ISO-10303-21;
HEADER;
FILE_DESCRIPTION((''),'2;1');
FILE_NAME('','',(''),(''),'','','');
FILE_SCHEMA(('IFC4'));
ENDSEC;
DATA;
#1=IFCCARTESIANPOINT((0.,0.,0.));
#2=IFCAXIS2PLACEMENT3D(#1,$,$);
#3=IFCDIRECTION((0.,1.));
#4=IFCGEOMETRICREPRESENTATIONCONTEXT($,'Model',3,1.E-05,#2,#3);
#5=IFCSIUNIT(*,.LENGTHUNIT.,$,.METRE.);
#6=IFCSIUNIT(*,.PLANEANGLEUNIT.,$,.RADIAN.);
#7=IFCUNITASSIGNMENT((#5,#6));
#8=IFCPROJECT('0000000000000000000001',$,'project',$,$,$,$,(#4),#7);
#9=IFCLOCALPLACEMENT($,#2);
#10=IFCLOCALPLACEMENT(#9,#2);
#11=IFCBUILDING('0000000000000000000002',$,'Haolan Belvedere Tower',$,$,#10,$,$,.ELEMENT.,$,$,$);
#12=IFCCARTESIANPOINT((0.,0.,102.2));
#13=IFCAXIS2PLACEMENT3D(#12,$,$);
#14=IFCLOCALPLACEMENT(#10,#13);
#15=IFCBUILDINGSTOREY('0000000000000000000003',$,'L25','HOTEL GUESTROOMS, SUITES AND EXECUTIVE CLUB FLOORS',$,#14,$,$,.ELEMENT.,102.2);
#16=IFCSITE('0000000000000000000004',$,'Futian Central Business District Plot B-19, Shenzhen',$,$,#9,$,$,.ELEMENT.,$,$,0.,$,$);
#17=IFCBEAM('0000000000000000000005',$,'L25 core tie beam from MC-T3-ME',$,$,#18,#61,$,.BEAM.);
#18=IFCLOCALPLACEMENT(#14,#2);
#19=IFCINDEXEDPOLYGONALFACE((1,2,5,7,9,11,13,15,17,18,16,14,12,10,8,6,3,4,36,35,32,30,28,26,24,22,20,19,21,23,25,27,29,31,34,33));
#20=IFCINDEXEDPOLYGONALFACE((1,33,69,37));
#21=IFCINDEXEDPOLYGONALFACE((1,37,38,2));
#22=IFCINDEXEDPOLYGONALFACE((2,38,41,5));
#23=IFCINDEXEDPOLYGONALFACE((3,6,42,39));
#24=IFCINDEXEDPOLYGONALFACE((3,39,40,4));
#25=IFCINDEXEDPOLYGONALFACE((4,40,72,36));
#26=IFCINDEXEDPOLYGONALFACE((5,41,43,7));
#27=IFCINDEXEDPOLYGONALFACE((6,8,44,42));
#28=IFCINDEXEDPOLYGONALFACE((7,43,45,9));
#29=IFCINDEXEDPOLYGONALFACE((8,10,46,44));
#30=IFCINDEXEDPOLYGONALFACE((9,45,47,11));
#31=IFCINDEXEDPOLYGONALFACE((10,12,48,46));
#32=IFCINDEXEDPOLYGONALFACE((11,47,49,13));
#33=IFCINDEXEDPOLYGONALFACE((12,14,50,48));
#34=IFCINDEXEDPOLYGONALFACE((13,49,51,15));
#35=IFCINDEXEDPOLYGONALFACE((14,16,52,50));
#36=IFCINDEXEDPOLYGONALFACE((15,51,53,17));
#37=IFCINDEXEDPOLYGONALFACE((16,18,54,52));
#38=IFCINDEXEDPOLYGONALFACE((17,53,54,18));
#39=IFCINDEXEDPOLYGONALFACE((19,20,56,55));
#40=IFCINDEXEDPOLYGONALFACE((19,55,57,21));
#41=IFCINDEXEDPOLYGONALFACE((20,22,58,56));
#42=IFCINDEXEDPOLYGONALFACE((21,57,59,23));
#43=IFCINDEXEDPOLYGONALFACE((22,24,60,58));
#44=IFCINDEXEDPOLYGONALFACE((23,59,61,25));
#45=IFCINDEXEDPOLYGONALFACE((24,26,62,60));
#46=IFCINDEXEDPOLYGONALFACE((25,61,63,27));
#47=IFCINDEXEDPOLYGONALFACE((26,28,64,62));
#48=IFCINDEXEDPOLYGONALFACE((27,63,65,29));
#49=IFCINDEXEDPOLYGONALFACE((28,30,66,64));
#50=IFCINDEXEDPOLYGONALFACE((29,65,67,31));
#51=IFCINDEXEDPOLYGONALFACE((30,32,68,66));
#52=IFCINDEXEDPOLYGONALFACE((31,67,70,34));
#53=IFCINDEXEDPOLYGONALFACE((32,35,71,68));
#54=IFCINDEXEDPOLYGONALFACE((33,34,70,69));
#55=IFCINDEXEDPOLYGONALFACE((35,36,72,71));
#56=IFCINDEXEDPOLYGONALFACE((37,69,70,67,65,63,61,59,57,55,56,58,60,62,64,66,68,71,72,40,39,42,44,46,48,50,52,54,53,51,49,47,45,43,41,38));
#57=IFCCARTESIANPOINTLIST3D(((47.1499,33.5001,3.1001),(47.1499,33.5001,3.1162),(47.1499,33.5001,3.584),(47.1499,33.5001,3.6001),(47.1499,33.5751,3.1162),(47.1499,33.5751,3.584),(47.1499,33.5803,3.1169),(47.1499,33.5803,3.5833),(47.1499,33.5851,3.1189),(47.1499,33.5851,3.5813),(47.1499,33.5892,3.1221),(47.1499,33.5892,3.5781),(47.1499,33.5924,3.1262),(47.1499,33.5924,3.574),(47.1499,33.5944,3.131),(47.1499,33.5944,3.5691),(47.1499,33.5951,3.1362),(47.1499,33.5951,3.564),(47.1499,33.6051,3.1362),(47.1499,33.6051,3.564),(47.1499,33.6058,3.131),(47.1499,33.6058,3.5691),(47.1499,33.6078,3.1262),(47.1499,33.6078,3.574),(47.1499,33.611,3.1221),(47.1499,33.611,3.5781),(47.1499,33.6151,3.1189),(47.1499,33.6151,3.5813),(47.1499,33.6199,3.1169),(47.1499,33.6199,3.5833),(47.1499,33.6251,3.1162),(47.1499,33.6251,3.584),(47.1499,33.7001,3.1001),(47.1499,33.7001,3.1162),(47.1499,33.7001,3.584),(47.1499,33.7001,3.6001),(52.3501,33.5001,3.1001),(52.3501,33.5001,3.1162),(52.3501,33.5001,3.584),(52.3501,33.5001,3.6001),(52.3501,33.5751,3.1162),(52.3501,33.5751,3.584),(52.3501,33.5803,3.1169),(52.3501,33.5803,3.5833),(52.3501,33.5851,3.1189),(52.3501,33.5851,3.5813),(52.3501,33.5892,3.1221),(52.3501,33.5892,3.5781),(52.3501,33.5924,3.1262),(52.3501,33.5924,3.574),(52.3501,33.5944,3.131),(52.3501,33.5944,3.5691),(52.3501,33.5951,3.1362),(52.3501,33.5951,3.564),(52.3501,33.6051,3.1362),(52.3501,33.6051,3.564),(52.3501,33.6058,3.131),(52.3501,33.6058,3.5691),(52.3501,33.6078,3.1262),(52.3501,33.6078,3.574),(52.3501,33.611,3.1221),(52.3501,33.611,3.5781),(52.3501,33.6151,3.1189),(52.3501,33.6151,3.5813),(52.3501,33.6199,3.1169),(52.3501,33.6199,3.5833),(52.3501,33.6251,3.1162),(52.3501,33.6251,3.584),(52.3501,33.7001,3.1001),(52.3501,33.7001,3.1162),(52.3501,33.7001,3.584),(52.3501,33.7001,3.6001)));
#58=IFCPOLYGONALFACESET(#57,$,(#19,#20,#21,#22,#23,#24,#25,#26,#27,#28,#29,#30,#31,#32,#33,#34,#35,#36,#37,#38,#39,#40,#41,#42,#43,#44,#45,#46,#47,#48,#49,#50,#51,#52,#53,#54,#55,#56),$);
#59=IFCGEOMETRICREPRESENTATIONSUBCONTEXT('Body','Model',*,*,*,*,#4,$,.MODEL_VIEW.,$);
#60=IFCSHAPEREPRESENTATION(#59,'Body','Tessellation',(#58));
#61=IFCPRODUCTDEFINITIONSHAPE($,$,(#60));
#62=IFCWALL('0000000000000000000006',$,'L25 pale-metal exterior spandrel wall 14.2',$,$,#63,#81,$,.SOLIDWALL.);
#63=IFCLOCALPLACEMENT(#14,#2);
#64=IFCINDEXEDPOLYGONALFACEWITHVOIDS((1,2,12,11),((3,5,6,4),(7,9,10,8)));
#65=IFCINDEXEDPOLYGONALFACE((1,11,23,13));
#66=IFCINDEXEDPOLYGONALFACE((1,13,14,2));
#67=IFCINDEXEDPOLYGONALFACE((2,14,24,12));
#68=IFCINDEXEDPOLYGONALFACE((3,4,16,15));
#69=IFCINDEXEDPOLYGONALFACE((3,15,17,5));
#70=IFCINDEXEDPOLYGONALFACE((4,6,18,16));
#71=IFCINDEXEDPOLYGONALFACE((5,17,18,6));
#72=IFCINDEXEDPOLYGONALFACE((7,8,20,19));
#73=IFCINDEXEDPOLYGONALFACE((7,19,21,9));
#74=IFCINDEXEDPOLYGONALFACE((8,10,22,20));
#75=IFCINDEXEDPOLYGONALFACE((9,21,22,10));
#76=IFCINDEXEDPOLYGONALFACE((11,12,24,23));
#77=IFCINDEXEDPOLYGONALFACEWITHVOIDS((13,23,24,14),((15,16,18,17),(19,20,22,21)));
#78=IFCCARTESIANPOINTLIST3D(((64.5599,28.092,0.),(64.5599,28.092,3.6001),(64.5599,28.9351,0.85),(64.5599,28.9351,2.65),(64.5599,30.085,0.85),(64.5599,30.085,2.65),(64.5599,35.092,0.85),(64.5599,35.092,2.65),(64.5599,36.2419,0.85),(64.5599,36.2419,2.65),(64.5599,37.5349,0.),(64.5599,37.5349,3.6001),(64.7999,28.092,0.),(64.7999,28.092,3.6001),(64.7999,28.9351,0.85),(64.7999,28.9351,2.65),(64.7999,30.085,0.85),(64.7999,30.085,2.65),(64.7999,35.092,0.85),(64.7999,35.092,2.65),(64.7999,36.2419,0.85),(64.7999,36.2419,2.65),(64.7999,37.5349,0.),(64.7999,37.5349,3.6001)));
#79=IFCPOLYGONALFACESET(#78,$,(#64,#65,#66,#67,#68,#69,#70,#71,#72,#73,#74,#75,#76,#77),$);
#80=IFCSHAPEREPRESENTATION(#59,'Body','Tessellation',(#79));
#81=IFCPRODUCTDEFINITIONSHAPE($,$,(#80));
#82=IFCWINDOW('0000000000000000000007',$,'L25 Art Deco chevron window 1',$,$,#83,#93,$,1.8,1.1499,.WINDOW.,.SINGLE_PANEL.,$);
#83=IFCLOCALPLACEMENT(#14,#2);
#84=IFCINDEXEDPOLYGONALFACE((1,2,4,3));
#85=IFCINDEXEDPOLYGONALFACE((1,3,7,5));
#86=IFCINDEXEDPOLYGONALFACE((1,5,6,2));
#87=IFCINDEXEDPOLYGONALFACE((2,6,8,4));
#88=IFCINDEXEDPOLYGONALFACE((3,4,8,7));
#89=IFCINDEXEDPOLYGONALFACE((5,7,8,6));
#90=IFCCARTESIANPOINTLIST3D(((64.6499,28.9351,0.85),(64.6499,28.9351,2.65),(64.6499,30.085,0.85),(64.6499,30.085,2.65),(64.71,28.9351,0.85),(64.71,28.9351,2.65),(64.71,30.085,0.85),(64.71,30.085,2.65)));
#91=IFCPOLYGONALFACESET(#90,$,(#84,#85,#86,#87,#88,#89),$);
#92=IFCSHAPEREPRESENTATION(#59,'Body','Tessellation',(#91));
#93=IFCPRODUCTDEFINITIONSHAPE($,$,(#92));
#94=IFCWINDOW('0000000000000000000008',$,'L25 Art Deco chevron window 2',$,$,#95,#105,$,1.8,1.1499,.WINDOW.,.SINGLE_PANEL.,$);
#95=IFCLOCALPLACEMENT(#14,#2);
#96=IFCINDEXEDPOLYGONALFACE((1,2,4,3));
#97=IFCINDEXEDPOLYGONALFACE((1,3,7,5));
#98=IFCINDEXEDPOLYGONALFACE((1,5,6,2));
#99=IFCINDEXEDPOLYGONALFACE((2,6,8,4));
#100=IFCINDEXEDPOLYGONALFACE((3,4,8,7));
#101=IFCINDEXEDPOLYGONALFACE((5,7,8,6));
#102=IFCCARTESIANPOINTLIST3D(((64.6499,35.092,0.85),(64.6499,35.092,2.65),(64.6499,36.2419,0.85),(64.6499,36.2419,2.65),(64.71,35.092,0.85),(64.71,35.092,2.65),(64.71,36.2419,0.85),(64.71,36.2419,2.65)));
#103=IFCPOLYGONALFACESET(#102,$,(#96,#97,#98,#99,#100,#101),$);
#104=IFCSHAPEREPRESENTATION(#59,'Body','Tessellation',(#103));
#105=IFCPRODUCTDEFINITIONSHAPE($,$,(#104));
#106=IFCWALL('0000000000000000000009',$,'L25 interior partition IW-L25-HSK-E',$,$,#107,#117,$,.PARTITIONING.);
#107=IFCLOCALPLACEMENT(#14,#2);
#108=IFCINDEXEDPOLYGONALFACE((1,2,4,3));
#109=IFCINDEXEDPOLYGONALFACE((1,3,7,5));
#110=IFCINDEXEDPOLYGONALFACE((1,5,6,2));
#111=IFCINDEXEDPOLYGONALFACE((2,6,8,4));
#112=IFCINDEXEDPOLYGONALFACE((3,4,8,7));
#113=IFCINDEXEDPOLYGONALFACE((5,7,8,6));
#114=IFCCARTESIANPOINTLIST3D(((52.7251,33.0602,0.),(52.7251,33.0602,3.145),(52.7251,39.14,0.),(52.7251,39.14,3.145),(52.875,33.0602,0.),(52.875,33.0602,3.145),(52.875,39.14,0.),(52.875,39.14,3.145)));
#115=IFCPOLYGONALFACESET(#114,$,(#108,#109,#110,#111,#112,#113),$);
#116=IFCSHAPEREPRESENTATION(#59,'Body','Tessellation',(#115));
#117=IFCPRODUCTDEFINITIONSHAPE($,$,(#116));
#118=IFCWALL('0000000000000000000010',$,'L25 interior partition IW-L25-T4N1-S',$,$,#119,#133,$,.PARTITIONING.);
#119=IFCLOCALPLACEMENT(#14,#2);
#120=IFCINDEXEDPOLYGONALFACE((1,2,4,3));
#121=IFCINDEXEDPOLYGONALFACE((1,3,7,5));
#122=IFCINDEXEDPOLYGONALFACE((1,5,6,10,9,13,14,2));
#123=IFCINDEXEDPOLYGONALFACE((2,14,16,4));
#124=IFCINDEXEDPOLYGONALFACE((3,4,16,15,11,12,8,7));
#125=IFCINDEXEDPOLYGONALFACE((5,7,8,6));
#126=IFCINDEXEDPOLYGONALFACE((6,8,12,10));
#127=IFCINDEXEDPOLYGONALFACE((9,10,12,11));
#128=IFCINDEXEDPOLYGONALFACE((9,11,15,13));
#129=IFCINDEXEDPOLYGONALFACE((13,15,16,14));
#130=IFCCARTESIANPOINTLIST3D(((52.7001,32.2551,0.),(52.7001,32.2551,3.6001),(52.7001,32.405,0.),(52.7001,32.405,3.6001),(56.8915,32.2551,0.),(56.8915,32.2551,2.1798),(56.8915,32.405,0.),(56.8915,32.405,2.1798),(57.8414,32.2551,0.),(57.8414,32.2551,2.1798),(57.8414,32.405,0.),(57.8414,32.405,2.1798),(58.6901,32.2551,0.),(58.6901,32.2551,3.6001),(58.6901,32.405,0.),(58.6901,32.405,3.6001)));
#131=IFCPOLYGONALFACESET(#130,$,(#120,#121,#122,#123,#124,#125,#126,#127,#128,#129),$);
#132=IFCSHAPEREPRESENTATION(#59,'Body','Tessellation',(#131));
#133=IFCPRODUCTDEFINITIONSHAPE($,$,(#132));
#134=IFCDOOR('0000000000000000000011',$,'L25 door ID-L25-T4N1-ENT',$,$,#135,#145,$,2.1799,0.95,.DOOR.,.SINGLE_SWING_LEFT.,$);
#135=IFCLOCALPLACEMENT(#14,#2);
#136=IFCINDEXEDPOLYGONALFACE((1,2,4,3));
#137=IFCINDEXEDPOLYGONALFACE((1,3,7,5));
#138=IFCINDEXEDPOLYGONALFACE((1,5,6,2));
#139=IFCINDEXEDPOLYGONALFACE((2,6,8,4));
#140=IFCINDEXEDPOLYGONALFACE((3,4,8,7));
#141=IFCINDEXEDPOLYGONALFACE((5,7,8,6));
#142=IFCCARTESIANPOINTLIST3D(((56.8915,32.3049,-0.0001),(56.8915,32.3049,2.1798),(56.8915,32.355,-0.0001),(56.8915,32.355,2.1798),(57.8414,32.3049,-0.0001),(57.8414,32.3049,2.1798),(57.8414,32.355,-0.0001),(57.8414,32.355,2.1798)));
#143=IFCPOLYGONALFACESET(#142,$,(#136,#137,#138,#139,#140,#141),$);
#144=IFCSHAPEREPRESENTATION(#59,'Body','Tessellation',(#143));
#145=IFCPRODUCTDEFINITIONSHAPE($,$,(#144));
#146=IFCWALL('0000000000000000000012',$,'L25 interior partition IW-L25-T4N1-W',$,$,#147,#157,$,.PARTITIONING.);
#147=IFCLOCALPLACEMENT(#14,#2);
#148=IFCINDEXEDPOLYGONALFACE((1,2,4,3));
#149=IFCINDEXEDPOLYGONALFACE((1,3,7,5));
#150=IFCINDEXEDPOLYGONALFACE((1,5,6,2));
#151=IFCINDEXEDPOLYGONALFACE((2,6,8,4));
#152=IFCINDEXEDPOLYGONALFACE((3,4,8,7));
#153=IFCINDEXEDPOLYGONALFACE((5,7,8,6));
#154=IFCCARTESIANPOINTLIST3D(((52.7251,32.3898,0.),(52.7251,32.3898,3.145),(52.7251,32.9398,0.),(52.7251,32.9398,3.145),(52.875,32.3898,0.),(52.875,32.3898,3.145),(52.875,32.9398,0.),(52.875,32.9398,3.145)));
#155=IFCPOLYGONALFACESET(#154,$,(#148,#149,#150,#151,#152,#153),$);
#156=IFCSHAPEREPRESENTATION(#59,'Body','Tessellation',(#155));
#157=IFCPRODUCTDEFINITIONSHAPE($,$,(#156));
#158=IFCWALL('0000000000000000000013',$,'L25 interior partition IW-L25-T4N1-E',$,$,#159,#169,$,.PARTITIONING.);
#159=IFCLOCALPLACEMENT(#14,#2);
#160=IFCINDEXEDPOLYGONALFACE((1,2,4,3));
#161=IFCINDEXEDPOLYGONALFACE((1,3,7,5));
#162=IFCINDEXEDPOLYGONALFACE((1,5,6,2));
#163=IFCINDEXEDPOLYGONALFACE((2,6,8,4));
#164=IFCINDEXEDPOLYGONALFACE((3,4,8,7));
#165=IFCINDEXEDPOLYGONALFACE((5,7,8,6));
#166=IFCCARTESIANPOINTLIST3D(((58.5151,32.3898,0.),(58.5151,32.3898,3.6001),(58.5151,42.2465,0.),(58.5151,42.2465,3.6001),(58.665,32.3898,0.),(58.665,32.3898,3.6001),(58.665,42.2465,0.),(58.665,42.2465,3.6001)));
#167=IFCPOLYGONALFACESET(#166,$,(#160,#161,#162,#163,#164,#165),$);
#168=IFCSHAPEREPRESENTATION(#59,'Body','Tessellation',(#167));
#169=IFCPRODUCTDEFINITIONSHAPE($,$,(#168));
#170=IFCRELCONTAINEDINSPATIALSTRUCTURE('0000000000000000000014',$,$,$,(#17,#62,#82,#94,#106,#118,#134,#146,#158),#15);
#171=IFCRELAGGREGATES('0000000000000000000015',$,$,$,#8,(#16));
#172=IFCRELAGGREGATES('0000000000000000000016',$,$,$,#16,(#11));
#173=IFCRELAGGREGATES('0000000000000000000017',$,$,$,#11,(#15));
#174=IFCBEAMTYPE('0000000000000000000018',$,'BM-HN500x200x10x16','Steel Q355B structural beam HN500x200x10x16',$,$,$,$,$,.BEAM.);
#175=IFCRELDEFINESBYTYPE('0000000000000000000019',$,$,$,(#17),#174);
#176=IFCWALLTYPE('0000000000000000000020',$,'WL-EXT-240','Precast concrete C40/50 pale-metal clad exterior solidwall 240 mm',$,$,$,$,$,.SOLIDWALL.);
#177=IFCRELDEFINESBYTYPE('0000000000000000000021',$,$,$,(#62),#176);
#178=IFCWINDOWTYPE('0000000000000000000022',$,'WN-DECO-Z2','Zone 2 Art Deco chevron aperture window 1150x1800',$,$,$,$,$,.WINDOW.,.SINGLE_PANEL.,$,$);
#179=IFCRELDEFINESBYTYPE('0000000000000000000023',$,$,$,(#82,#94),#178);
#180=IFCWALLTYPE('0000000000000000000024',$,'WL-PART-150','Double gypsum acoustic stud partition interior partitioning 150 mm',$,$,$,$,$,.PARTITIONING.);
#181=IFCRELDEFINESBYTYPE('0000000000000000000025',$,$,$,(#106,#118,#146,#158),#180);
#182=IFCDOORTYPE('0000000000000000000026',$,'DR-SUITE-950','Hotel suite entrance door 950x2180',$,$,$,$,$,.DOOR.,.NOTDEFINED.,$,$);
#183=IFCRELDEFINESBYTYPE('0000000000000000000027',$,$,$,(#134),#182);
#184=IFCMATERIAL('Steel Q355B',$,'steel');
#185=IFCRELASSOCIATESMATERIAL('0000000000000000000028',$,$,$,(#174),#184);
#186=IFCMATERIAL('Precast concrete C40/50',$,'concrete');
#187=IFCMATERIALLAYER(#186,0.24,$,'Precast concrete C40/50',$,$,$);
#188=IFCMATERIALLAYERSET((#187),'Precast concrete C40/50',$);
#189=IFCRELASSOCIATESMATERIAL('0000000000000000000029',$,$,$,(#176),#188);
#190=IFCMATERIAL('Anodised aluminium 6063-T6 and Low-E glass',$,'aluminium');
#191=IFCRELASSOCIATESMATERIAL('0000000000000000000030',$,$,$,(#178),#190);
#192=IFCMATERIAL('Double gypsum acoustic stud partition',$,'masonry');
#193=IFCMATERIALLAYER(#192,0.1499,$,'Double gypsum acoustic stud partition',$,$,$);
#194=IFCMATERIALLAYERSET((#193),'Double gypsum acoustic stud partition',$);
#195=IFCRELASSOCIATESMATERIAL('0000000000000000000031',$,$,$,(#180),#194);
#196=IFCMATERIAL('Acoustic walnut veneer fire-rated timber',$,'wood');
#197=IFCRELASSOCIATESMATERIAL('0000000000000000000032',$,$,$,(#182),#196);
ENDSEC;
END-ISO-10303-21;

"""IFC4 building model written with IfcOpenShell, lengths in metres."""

from ifc_helpers import new_model, si_unit, direction, frame, frame_2d, origin, origin_2d, place, context, subcontext, project, spatial, rectangle, i_section, extrude, material, layer, layer_set, material_profile, profile_set, type_object, element, fill, save


model = new_model("IFC4")

# Units and contexts
model_context = context("Model", 3, precision=1e-05, world=origin(), true_north=direction((0.0, 1.0)))
body_context = subcontext(model_context, "Body", "Model", "MODEL_VIEW")
ifc_project = project(units=[si_unit("LENGTHUNIT", "METRE"), si_unit("PLANEANGLEUNIT", "RADIAN")], contexts=[model_context])

# Site, building, storey
site_placement = place(None, origin())
site = spatial("IfcSite", under=ifc_project, at=site_placement, Name="Futian Central Business District Plot B-19, Shenzhen", CompositionType="ELEMENT", RefElevation=0.0)
building_placement = place(site_placement, origin())
building = spatial("IfcBuilding", under=site, at=building_placement, Name="Haolan Belvedere Tower", CompositionType="ELEMENT")
storey_placement = place(building_placement, frame((0.0, 0.0, 102.2)))
storey = spatial("IfcBuildingStorey", under=building, at=storey_placement, Name="L25", Description="HOTEL GUESTROOMS, SUITES AND EXECUTIVE CLUB FLOORS", CompositionType="ELEMENT", Elevation=102.2)

# Beam
ifc_material_1 = material(Name="Steel Q355B", Category="steel")
ifc_material_profile_1 = material_profile(ifc_material_1, i_section(OverallWidth=0.2, OverallDepth=0.5, WebThickness=0.01, FlangeThickness=0.0161, FilletRadius=0.02, at=origin_2d()), Name="Steel Q355B")
ifc_profile_set_1 = profile_set([ifc_material_profile_1], Name="Steel Q355B")
beam_type_1 = type_object("IfcBeamType", Name="BM-HN500x200x10x16", Description="Steel Q355B structural beam HN500x200x10x16", PredefinedType="BEAM", material=ifc_profile_set_1)
beam_1_placement = place(storey_placement, frame((52.3501, 33.6001, 3.3501), z_axis=(-1.0, 0.0, 0.0), x_axis=(0.0, -1.0, 0.0)))
element("IfcBeam", 1, at=beam_1_placement, inside=storey, type_object=beam_type_1, Name="L25 core tie beam from MC-T3-ME", PredefinedType="BEAM", context=body_context, shape_type="SweptSolid", body=[
    extrude(i_section(OverallWidth=0.2, OverallDepth=0.5, WebThickness=0.01, FlangeThickness=0.0161, FilletRadius=0.02, at=origin_2d()), origin(), (0.0, 0.0, 1.0), 5.2002),
])

# Wall, openings, windows
ifc_material_2 = material(Name="Precast concrete C40/50", Category="concrete")
ifc_layer_1 = layer(ifc_material_2, 0.24, Name="Precast concrete C40/50")
ifc_layer_set_1 = layer_set([ifc_layer_1], Name="Precast concrete C40/50")
wall_type_1 = type_object("IfcWallType", Name="WL-EXT-240", Description="Precast concrete C40/50 pale-metal clad exterior solidwall 240 mm", PredefinedType="SOLIDWALL", material=ifc_layer_set_1)
wall_1_placement = place(storey_placement, frame((64.6799, 28.092, 0.0), z_axis=(0.0, 0.0, 1.0), x_axis=(0.0, 1.0, 0.0)))
wall_1 = element("IfcWall", 2, at=wall_1_placement, inside=storey, type_object=wall_type_1, Name="L25 pale-metal exterior spandrel wall 14.2", PredefinedType="SOLIDWALL", context=body_context, shape_type="SweptSolid", body=[
    extrude(rectangle(XDim=9.4429, YDim=0.24, at=frame_2d((4.7214, 0.0))), origin(), (0.0, 0.0, 1.0), 3.6001),
])
opening_1_placement = place(wall_1_placement, frame((0.843, 0.0, 0.8501)))
opening_1 = element("IfcOpeningElement", 3, at=opening_1_placement, cuts=wall_1, PredefinedType="OPENING", context=body_context, shape_type="SweptSolid", body=[
    extrude(rectangle(XDim=1.1499, YDim=1.8, at=frame_2d((0.575, 0.8999))), frame((0.0, 0.1299, 0.0), z_axis=(0.0, -1.0, 0.0), x_axis=(1.0, 0.0, 0.0)), (0.0, 0.0, 1.0), 0.26),
])
opening_2_placement = place(wall_1_placement, frame((7.0, 0.0, 0.8501)))
opening_2 = element("IfcOpeningElement", 4, at=opening_2_placement, cuts=wall_1, PredefinedType="OPENING", context=body_context, shape_type="SweptSolid", body=[
    extrude(rectangle(XDim=1.1499, YDim=1.8, at=frame_2d((0.575, 0.8999))), frame((0.0, 0.1299, 0.0), z_axis=(0.0, -1.0, 0.0), x_axis=(1.0, 0.0, 0.0)), (0.0, 0.0, 1.0), 0.26),
])
ifc_material_3 = material(Name="Anodised aluminium 6063-T6 and Low-E glass", Category="aluminium")
window_type = type_object("IfcWindowType", Name="WN-DECO-Z2", Description="Zone 2 Art Deco chevron aperture window 1150x1800", PartitioningType="SINGLE_PANEL", PredefinedType="WINDOW", material=ifc_material_3)
window_1_placement = place(opening_1_placement, origin())
window_1 = element("IfcWindow", 5, at=window_1_placement, inside=storey, type_object=window_type, Name="L25 Art Deco chevron window 1", OverallHeight=1.8, OverallWidth=1.1499, PartitioningType="SINGLE_PANEL", PredefinedType="WINDOW", context=body_context, shape_type="SweptSolid", body=[
    extrude(rectangle(XDim=1.1499, YDim=1.8, at=frame_2d((0.575, 0.8999))), frame((0.0, 0.03, 0.0), z_axis=(0.0, -1.0, 0.0), x_axis=(1.0, 0.0, 0.0)), (0.0, 0.0, 1.0), 0.0601),
])
fill(opening_1, window_1)
window_2_placement = place(opening_2_placement, origin())
window_2 = element("IfcWindow", 6, at=window_2_placement, inside=storey, type_object=window_type, Name="L25 Art Deco chevron window 2", OverallHeight=1.8, OverallWidth=1.1499, PartitioningType="SINGLE_PANEL", PredefinedType="WINDOW", context=body_context, shape_type="SweptSolid", body=[
    extrude(rectangle(XDim=1.1499, YDim=1.8, at=frame_2d((0.575, 0.8999))), frame((0.0, 0.03, 0.0), z_axis=(0.0, -1.0, 0.0), x_axis=(1.0, 0.0, 0.0)), (0.0, 0.0, 1.0), 0.0601),
])
fill(opening_2, window_2)

# Wall
ifc_material_4 = material(Name="Double gypsum acoustic stud partition", Category="masonry")
ifc_layer_2 = layer(ifc_material_4, 0.1499, Name="Double gypsum acoustic stud partition")
ifc_layer_set_2 = layer_set([ifc_layer_2], Name="Double gypsum acoustic stud partition")
wall_type_2 = type_object("IfcWallType", Name="WL-PART-150", Description="Double gypsum acoustic stud partition interior partitioning 150 mm", PredefinedType="PARTITIONING", material=ifc_layer_set_2)
wall_2_placement = place(storey_placement, frame((52.8, 33.0601, 0.0), z_axis=(0.0, 0.0, 1.0), x_axis=(0.0, 1.0, 0.0)))
element("IfcWall", 7, at=wall_2_placement, inside=storey, type_object=wall_type_2, Name="L25 interior partition IW-L25-HSK-E", PredefinedType="PARTITIONING", context=body_context, shape_type="SweptSolid", body=[
    extrude(rectangle(XDim=6.0798, YDim=0.1499, at=frame_2d((3.04, 0.0))), origin(), (0.0, 0.0, 1.0), 3.145),
])

# Wall, opening, door
wall_3_placement = place(storey_placement, frame((52.7, 32.3301, 0.0), z_axis=(0.0, 0.0, 1.0), x_axis=(1.0, 0.0, 0.0)))
wall_3 = element("IfcWall", 8, at=wall_3_placement, inside=storey, type_object=wall_type_2, Name="L25 interior partition IW-L25-T4N1-S", PredefinedType="PARTITIONING", context=body_context, shape_type="SweptSolid", body=[
    extrude(rectangle(XDim=5.99, YDim=0.1499, at=frame_2d((2.9951, 0.0))), origin(), (0.0, 0.0, 1.0), 3.6001),
])
opening_3_placement = place(wall_3_placement, frame((4.1914, 0.0, 0.0)))
opening_3 = element("IfcOpeningElement", 9, at=opening_3_placement, cuts=wall_3, PredefinedType="OPENING", context=body_context, shape_type="SweptSolid", body=[
    extrude(rectangle(XDim=0.95, YDim=2.1799, at=frame_2d((0.4751, 1.0898))), frame((0.0, 0.085, 0.0), z_axis=(0.0, -1.0, 0.0), x_axis=(1.0, 0.0, 0.0)), (0.0, 0.0, 1.0), 0.1699),
])
ifc_material_5 = material(Name="Acoustic walnut veneer fire-rated timber", Category="wood")
door_type_1 = type_object("IfcDoorType", Name="DR-SUITE-950", Description="Hotel suite entrance door 950x2180", OperationType="NOTDEFINED", PredefinedType="DOOR", material=ifc_material_5)
door_1_placement = place(opening_3_placement, origin())
door_1 = element("IfcDoor", 10, at=door_1_placement, inside=storey, type_object=door_type_1, Name="L25 door ID-L25-T4N1-ENT", OperationType="SINGLE_SWING_LEFT", OverallHeight=2.1799, OverallWidth=0.95, PredefinedType="DOOR", context=body_context, shape_type="SweptSolid", body=[
    extrude(rectangle(XDim=0.95, YDim=2.1799, at=frame_2d((0.4751, 1.0898))), frame((0.0, 0.0249, 0.0), z_axis=(0.0, -1.0, 0.0), x_axis=(1.0, 0.0, 0.0)), (0.0, 0.0, 1.0), 0.05),
])
fill(opening_3, door_1)

# Walls
wall_4_placement = place(storey_placement, frame((52.8, 32.3899, 0.0), z_axis=(0.0, 0.0, 1.0), x_axis=(0.0, 1.0, 0.0)))
element("IfcWall", 11, at=wall_4_placement, inside=storey, type_object=wall_type_2, Name="L25 interior partition IW-L25-T4N1-W", PredefinedType="PARTITIONING", context=body_context, shape_type="SweptSolid", body=[
    extrude(rectangle(XDim=0.55, YDim=0.1499, at=frame_2d((0.2749, 0.0))), origin(), (0.0, 0.0, 1.0), 3.145),
])
wall_5_placement = place(storey_placement, frame((58.5901, 32.3899, 0.0), z_axis=(0.0, 0.0, 1.0), x_axis=(0.0, 1.0, 0.0)))
element("IfcWall", 12, at=wall_5_placement, inside=storey, type_object=wall_type_2, Name="L25 interior partition IW-L25-T4N1-E", PredefinedType="PARTITIONING", context=body_context, shape_type="SweptSolid", body=[
    extrude(rectangle(XDim=9.8567, YDim=0.1499, at=frame_2d((4.9282, 0.0))), origin(), (0.0, 0.0, 1.0), 3.6001),
])

save(model, "model.ifc")
